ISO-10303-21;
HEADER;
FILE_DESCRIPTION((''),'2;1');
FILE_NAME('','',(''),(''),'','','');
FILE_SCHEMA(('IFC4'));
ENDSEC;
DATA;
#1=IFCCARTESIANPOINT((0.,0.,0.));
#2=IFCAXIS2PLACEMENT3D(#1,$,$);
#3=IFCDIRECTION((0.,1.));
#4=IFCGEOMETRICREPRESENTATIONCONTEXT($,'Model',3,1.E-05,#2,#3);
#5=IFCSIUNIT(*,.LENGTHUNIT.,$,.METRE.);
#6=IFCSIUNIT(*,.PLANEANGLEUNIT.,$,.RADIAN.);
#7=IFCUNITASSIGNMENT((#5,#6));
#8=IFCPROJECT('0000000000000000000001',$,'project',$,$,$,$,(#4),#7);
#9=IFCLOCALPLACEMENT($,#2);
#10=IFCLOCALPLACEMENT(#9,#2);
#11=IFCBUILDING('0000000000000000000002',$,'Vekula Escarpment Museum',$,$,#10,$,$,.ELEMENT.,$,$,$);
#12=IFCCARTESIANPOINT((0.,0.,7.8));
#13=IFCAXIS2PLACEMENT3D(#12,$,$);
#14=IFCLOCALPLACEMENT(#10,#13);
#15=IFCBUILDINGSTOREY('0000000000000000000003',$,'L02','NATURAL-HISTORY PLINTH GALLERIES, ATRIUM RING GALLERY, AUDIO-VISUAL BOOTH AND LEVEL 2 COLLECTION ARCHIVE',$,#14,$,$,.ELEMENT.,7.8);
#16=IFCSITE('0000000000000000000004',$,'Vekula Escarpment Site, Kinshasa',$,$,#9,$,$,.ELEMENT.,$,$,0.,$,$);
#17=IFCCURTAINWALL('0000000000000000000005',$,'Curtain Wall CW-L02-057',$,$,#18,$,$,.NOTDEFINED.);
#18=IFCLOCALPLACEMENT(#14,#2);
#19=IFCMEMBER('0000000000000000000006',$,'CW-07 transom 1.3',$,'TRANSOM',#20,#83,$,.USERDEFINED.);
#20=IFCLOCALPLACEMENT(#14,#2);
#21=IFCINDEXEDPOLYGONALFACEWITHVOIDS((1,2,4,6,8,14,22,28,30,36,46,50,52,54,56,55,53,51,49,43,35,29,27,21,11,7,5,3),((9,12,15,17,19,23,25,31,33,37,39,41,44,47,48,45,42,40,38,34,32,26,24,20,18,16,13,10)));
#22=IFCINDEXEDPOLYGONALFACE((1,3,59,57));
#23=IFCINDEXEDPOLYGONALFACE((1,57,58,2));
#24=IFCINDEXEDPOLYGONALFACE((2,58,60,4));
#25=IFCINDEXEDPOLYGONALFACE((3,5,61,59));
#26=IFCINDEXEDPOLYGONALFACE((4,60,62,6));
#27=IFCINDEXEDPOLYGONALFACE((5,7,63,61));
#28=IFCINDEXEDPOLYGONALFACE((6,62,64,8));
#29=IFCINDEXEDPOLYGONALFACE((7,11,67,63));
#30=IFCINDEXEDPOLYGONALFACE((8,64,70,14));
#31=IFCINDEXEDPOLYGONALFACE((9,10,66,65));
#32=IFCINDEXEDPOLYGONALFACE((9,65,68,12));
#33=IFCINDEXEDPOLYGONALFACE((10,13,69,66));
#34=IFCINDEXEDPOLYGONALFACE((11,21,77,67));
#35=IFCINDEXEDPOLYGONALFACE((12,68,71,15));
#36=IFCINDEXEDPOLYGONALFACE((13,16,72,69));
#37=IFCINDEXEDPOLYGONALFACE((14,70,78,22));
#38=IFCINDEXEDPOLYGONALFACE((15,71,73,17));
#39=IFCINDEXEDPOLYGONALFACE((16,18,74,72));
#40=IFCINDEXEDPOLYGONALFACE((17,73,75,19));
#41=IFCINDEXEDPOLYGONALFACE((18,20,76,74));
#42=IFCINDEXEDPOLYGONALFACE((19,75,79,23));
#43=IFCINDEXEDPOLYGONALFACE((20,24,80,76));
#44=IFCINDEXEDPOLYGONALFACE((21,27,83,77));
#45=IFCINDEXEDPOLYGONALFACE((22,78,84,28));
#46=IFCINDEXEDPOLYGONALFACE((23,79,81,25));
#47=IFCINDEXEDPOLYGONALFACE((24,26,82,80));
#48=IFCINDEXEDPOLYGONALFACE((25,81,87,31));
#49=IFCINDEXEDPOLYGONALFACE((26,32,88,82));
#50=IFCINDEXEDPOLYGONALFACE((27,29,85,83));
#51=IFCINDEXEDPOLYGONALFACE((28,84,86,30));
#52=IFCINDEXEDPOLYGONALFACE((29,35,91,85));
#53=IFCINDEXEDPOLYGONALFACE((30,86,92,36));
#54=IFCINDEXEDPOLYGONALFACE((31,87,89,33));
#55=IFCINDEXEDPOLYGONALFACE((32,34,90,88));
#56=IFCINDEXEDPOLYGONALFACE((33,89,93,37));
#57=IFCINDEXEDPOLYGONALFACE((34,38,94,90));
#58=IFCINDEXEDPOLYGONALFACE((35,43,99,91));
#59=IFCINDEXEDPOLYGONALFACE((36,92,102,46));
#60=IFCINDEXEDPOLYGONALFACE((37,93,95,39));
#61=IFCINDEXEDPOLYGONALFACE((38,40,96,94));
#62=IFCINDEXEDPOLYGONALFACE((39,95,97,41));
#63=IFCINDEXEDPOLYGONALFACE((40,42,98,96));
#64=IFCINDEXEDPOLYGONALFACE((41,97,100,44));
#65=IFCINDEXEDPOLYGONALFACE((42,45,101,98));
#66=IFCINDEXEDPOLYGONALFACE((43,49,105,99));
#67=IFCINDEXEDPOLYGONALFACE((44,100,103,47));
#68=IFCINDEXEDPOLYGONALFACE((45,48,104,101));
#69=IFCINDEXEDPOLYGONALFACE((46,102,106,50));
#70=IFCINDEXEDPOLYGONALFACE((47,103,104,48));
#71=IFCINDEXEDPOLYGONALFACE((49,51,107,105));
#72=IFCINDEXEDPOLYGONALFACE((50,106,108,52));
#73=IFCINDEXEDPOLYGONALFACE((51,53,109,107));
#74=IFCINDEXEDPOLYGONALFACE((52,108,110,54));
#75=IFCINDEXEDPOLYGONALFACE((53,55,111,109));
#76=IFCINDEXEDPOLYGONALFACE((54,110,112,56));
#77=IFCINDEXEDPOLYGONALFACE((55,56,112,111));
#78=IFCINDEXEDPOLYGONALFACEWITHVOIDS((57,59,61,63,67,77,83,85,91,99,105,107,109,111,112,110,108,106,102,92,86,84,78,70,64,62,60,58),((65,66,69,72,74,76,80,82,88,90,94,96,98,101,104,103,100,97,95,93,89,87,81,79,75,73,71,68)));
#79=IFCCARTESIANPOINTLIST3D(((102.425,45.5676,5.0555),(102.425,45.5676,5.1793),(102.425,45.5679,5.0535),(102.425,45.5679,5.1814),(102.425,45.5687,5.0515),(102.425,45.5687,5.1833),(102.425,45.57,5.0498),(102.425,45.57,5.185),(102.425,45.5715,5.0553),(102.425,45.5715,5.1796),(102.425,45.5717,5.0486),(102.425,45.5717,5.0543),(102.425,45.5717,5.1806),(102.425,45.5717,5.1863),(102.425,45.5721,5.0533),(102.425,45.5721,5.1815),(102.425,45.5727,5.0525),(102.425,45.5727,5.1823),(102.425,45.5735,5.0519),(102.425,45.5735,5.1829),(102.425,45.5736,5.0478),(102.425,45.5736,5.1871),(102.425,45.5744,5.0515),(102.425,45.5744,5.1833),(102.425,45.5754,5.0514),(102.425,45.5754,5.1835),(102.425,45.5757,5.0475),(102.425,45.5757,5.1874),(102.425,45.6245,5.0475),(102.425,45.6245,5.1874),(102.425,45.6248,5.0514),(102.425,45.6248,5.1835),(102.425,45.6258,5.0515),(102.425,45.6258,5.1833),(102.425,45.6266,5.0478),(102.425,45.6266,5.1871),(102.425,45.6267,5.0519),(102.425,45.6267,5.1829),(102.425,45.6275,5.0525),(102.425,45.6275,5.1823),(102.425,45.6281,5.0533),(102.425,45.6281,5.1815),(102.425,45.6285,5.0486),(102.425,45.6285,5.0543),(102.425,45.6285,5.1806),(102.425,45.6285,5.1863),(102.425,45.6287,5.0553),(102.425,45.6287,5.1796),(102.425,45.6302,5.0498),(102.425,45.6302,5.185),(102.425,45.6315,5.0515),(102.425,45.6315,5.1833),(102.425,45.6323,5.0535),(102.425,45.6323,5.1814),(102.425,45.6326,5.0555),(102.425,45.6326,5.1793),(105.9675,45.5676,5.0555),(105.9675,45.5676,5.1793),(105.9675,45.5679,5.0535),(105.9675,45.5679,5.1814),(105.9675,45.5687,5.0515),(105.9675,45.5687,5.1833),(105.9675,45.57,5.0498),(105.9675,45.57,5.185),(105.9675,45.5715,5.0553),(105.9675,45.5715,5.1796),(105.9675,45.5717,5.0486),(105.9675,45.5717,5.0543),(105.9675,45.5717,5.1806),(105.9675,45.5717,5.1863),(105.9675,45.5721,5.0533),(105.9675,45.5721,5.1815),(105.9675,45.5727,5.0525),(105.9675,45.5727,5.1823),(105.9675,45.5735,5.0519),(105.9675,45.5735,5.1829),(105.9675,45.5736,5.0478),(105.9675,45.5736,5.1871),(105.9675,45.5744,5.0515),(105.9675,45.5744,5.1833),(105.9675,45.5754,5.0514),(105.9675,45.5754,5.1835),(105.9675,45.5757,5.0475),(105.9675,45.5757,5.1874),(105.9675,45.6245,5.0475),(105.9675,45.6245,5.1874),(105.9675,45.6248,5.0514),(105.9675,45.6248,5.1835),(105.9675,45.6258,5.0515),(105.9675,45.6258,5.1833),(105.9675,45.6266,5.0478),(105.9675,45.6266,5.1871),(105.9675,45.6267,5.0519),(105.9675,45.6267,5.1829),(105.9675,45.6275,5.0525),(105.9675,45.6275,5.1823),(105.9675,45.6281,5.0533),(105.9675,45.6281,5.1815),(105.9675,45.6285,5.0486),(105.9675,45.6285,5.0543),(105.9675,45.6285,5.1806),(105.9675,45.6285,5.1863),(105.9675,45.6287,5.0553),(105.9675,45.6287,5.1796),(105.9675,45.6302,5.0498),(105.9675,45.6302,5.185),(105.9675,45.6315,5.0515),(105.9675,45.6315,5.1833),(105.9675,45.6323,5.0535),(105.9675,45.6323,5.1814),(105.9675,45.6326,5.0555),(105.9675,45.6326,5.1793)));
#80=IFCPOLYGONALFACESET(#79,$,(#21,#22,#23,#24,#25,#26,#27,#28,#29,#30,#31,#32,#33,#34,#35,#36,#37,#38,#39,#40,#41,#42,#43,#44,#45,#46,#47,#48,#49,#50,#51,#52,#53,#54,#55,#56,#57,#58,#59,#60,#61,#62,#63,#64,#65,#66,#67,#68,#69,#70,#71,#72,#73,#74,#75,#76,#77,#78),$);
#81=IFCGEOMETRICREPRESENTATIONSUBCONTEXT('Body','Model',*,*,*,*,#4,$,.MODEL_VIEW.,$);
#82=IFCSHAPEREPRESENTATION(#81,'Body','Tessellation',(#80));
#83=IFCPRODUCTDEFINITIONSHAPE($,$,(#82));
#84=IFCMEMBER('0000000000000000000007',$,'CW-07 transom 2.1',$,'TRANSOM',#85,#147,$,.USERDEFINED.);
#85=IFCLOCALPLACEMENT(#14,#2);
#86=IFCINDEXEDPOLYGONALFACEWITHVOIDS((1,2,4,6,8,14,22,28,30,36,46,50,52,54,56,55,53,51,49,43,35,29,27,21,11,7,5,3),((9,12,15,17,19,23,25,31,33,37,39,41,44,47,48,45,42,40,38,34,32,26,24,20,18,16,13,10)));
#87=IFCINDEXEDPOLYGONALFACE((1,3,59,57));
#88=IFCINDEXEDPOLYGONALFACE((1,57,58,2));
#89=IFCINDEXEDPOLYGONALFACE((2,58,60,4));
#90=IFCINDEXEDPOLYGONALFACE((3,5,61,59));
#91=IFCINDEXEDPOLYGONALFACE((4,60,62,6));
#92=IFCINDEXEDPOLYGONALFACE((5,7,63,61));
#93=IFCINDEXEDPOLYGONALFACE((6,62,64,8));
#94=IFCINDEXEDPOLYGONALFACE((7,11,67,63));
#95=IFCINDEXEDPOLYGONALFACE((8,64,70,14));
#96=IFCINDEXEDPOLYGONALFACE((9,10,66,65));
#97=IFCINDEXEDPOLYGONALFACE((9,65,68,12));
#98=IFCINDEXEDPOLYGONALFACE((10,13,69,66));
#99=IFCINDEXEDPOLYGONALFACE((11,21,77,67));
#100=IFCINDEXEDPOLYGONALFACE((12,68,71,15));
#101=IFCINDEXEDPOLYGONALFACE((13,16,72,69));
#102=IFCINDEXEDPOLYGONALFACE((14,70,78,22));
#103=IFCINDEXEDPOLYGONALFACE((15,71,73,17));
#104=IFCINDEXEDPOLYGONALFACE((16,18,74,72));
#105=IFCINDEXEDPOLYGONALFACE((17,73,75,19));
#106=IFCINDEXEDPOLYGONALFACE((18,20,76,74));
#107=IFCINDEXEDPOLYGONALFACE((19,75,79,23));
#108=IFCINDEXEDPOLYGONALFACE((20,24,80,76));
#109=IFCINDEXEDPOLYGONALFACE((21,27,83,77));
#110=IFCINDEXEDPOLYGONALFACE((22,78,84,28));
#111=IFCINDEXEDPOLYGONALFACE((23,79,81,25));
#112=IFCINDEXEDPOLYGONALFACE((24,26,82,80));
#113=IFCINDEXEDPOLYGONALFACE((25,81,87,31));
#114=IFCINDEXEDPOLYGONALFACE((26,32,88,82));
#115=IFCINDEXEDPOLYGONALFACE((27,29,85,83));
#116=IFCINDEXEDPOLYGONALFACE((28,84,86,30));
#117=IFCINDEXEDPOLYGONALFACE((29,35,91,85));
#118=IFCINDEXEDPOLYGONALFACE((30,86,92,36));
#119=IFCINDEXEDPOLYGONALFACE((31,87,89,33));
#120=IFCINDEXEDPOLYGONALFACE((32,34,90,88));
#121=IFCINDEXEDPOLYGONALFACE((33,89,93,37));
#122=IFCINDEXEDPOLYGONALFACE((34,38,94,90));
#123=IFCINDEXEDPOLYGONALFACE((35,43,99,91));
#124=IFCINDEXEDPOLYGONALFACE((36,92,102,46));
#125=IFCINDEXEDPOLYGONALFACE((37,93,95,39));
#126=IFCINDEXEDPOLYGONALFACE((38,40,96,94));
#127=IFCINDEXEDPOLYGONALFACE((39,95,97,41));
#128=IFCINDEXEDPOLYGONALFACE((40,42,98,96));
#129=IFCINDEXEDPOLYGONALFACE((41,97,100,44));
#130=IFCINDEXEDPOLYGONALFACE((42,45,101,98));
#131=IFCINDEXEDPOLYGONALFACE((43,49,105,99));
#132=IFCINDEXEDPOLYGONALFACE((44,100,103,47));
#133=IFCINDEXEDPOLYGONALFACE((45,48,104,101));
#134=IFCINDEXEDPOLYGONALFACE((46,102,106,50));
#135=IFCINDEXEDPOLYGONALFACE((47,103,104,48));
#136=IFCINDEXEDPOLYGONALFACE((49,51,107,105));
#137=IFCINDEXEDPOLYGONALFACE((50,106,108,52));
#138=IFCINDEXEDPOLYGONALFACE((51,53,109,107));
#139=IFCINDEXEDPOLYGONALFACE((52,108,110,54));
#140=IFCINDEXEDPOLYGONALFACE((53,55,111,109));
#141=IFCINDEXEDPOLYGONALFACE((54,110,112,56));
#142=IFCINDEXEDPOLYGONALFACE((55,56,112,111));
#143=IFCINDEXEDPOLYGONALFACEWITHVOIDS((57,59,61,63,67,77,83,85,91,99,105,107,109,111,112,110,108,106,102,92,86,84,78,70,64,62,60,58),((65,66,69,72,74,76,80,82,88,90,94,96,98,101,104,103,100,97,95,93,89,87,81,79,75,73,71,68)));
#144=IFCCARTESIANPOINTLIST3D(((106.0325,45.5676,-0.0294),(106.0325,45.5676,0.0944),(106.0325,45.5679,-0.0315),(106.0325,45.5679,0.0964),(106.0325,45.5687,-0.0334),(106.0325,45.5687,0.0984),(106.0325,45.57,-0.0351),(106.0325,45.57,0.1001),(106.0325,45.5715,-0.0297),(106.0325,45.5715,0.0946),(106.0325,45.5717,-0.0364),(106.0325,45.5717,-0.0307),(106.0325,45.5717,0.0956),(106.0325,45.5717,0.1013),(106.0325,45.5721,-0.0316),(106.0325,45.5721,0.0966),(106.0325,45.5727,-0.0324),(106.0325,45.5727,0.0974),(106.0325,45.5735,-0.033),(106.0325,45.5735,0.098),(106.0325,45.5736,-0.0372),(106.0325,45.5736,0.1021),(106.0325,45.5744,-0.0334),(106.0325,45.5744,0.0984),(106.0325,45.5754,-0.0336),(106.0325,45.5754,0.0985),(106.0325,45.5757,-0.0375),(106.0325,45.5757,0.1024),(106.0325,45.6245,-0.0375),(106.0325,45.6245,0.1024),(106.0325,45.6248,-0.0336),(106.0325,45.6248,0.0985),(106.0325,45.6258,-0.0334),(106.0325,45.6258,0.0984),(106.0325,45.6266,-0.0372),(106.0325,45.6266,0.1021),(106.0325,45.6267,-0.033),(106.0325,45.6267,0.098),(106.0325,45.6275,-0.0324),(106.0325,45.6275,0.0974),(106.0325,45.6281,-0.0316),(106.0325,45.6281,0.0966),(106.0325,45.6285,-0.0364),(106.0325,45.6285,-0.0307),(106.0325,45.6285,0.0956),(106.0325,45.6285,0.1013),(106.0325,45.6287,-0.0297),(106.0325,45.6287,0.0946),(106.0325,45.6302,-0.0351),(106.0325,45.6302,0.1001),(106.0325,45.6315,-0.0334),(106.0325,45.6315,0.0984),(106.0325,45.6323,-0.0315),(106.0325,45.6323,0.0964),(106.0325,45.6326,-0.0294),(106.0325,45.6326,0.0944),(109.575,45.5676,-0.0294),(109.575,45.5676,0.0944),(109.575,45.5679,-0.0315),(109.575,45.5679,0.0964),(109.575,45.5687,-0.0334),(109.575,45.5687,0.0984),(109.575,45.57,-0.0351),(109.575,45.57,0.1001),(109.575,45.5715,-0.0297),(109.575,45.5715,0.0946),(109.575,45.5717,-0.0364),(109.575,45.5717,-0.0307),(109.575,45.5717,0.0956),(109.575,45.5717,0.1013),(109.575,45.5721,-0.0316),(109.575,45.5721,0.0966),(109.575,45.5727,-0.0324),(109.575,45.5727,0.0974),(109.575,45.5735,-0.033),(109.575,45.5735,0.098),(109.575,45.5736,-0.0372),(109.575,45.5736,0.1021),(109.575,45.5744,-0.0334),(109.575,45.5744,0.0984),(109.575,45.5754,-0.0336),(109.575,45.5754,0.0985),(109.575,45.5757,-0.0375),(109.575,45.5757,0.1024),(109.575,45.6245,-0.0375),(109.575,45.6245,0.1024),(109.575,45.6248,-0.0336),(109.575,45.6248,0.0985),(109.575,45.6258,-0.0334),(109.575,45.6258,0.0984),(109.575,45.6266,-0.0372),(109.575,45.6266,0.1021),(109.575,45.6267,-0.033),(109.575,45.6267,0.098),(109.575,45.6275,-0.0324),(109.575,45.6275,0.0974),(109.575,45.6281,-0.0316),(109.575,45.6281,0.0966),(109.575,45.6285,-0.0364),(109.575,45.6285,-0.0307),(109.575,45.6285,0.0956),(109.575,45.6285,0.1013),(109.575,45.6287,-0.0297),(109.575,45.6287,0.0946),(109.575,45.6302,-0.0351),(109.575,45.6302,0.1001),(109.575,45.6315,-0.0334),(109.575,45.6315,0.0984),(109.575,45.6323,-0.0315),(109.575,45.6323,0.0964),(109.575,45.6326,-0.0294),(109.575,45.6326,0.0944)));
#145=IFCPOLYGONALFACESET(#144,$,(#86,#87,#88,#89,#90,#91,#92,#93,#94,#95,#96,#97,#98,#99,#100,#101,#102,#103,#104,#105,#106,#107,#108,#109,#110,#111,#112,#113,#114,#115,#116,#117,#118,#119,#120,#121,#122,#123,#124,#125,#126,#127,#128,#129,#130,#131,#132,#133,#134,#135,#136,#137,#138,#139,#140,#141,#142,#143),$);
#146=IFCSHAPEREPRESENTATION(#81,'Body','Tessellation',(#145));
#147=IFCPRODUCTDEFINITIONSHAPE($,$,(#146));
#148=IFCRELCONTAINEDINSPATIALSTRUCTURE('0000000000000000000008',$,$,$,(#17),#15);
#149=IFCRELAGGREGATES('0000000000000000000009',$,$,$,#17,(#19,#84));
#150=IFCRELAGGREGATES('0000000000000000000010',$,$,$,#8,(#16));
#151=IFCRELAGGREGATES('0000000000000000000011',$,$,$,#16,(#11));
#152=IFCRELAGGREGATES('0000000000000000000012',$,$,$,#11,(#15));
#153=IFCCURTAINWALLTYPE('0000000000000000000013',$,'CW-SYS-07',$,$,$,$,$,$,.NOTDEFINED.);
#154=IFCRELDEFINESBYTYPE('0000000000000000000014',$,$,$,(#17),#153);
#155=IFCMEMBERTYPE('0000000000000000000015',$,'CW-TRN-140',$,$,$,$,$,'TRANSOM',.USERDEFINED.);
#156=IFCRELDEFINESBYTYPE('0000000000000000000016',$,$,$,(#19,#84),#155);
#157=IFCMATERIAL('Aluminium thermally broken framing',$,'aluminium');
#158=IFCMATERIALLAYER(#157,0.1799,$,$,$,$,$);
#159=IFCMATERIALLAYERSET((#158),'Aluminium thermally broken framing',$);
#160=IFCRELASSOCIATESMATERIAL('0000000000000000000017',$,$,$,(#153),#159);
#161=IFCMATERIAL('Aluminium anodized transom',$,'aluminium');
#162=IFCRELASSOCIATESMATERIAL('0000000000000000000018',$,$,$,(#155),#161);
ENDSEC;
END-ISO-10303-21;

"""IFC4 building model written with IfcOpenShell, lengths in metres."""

from ifc_helpers import new_model, si_unit, direction, frame, origin, origin_2d, place, context, subcontext, project, spatial, hollow_rectangle, extrude, material, layer, layer_set, material_profile, profile_set, type_object, element, aggregate, save


model = new_model("IFC4")

# Units and contexts
model_context = context("Model", 3, precision=1e-05, world=origin(), true_north=direction((0.0, 1.0)))
body_context = subcontext(model_context, "Body", "Model", "MODEL_VIEW")
ifc_project = project(units=[si_unit("LENGTHUNIT", "METRE"), si_unit("PLANEANGLEUNIT", "RADIAN")], contexts=[model_context])

# Site, building, storey
site_placement = place(None, origin())
site = spatial("IfcSite", under=ifc_project, at=site_placement, Name="Vekula Escarpment Site, Kinshasa", CompositionType="ELEMENT", RefElevation=0.0)
building_placement = place(site_placement, origin())
building = spatial("IfcBuilding", under=site, at=building_placement, Name="Vekula Escarpment Museum", CompositionType="ELEMENT")
storey_placement = place(building_placement, frame((0.0, 0.0, 7.8)))
storey = spatial("IfcBuildingStorey", under=building, at=storey_placement, Name="L02", Description="NATURAL-HISTORY PLINTH GALLERIES, ATRIUM RING GALLERY, AUDIO-VISUAL BOOTH AND LEVEL 2 COLLECTION ARCHIVE", CompositionType="ELEMENT", Elevation=7.8)

# Curtain wall, members
ifc_material_1 = material(Name="Aluminium thermally broken framing", Category="aluminium")
ifc_layer_1 = layer(ifc_material_1, 0.1799)
ifc_layer_set_1 = layer_set([ifc_layer_1], Name="Aluminium thermally broken framing")
curtain_wall_type = type_object("IfcCurtainWallType", Name="CW-SYS-07", PredefinedType="NOTDEFINED", material=ifc_layer_set_1)
curtain_wall_placement = place(storey_placement, origin())
curtain_wall = element("IfcCurtainWall", 1, at=curtain_wall_placement, inside=storey, type_object=curtain_wall_type, Name="Curtain Wall CW-L02-057", PredefinedType="NOTDEFINED")
ifc_material_2 = material(Name="Aluminium anodized transom", Category="aluminium")
ifc_material_profile_1 = material_profile(ifc_material_2, hollow_rectangle(XDim=0.0649, YDim=0.1399, WallThickness=0.0039, InnerFilletRadius=0.0039, OuterFilletRadius=0.0081, at=origin_2d()), Name="ALU 140x65x4")
ifc_profile_set_1 = profile_set([ifc_material_profile_1], Name="Aluminium anodized transom")
member_type_1 = type_object("IfcMemberType", Name="CW-TRN-140", ElementType="TRANSOM", PredefinedType="USERDEFINED", material=ifc_profile_set_1)
member_1_placement = place(storey_placement, frame((102.425, 45.6001, 5.1174), z_axis=(1.0, 0.0, 0.0), x_axis=(0.0, 1.0, 0.0)))
member_1 = element("IfcMember", 2, at=member_1_placement, type_object=member_type_1, Name="CW-07 transom 1.3", ObjectType="TRANSOM", PredefinedType="USERDEFINED", context=body_context, shape_type="SweptSolid", body=[
    extrude(hollow_rectangle(XDim=0.0649, YDim=0.1399, WallThickness=0.0039, InnerFilletRadius=0.0039, OuterFilletRadius=0.0081, at=origin_2d()), origin(), (0.0, 0.0, 1.0), 3.5425),
])
member_2_placement = place(storey_placement, frame((106.0325, 45.6001, 0.0325), z_axis=(1.0, 0.0, 0.0), x_axis=(0.0, 1.0, 0.0)))
member_2 = element("IfcMember", 3, at=member_2_placement, type_object=member_type_1, Name="CW-07 transom 2.1", ObjectType="TRANSOM", PredefinedType="USERDEFINED", context=body_context, shape_type="SweptSolid", body=[
    extrude(hollow_rectangle(XDim=0.0649, YDim=0.1399, WallThickness=0.0039, InnerFilletRadius=0.0039, OuterFilletRadius=0.0081, at=origin_2d()), origin(), (0.0, 0.0, 1.0), 3.5425),
])

aggregate(curtain_wall, [member_1, member_2])

save(model, "model.ifc")
